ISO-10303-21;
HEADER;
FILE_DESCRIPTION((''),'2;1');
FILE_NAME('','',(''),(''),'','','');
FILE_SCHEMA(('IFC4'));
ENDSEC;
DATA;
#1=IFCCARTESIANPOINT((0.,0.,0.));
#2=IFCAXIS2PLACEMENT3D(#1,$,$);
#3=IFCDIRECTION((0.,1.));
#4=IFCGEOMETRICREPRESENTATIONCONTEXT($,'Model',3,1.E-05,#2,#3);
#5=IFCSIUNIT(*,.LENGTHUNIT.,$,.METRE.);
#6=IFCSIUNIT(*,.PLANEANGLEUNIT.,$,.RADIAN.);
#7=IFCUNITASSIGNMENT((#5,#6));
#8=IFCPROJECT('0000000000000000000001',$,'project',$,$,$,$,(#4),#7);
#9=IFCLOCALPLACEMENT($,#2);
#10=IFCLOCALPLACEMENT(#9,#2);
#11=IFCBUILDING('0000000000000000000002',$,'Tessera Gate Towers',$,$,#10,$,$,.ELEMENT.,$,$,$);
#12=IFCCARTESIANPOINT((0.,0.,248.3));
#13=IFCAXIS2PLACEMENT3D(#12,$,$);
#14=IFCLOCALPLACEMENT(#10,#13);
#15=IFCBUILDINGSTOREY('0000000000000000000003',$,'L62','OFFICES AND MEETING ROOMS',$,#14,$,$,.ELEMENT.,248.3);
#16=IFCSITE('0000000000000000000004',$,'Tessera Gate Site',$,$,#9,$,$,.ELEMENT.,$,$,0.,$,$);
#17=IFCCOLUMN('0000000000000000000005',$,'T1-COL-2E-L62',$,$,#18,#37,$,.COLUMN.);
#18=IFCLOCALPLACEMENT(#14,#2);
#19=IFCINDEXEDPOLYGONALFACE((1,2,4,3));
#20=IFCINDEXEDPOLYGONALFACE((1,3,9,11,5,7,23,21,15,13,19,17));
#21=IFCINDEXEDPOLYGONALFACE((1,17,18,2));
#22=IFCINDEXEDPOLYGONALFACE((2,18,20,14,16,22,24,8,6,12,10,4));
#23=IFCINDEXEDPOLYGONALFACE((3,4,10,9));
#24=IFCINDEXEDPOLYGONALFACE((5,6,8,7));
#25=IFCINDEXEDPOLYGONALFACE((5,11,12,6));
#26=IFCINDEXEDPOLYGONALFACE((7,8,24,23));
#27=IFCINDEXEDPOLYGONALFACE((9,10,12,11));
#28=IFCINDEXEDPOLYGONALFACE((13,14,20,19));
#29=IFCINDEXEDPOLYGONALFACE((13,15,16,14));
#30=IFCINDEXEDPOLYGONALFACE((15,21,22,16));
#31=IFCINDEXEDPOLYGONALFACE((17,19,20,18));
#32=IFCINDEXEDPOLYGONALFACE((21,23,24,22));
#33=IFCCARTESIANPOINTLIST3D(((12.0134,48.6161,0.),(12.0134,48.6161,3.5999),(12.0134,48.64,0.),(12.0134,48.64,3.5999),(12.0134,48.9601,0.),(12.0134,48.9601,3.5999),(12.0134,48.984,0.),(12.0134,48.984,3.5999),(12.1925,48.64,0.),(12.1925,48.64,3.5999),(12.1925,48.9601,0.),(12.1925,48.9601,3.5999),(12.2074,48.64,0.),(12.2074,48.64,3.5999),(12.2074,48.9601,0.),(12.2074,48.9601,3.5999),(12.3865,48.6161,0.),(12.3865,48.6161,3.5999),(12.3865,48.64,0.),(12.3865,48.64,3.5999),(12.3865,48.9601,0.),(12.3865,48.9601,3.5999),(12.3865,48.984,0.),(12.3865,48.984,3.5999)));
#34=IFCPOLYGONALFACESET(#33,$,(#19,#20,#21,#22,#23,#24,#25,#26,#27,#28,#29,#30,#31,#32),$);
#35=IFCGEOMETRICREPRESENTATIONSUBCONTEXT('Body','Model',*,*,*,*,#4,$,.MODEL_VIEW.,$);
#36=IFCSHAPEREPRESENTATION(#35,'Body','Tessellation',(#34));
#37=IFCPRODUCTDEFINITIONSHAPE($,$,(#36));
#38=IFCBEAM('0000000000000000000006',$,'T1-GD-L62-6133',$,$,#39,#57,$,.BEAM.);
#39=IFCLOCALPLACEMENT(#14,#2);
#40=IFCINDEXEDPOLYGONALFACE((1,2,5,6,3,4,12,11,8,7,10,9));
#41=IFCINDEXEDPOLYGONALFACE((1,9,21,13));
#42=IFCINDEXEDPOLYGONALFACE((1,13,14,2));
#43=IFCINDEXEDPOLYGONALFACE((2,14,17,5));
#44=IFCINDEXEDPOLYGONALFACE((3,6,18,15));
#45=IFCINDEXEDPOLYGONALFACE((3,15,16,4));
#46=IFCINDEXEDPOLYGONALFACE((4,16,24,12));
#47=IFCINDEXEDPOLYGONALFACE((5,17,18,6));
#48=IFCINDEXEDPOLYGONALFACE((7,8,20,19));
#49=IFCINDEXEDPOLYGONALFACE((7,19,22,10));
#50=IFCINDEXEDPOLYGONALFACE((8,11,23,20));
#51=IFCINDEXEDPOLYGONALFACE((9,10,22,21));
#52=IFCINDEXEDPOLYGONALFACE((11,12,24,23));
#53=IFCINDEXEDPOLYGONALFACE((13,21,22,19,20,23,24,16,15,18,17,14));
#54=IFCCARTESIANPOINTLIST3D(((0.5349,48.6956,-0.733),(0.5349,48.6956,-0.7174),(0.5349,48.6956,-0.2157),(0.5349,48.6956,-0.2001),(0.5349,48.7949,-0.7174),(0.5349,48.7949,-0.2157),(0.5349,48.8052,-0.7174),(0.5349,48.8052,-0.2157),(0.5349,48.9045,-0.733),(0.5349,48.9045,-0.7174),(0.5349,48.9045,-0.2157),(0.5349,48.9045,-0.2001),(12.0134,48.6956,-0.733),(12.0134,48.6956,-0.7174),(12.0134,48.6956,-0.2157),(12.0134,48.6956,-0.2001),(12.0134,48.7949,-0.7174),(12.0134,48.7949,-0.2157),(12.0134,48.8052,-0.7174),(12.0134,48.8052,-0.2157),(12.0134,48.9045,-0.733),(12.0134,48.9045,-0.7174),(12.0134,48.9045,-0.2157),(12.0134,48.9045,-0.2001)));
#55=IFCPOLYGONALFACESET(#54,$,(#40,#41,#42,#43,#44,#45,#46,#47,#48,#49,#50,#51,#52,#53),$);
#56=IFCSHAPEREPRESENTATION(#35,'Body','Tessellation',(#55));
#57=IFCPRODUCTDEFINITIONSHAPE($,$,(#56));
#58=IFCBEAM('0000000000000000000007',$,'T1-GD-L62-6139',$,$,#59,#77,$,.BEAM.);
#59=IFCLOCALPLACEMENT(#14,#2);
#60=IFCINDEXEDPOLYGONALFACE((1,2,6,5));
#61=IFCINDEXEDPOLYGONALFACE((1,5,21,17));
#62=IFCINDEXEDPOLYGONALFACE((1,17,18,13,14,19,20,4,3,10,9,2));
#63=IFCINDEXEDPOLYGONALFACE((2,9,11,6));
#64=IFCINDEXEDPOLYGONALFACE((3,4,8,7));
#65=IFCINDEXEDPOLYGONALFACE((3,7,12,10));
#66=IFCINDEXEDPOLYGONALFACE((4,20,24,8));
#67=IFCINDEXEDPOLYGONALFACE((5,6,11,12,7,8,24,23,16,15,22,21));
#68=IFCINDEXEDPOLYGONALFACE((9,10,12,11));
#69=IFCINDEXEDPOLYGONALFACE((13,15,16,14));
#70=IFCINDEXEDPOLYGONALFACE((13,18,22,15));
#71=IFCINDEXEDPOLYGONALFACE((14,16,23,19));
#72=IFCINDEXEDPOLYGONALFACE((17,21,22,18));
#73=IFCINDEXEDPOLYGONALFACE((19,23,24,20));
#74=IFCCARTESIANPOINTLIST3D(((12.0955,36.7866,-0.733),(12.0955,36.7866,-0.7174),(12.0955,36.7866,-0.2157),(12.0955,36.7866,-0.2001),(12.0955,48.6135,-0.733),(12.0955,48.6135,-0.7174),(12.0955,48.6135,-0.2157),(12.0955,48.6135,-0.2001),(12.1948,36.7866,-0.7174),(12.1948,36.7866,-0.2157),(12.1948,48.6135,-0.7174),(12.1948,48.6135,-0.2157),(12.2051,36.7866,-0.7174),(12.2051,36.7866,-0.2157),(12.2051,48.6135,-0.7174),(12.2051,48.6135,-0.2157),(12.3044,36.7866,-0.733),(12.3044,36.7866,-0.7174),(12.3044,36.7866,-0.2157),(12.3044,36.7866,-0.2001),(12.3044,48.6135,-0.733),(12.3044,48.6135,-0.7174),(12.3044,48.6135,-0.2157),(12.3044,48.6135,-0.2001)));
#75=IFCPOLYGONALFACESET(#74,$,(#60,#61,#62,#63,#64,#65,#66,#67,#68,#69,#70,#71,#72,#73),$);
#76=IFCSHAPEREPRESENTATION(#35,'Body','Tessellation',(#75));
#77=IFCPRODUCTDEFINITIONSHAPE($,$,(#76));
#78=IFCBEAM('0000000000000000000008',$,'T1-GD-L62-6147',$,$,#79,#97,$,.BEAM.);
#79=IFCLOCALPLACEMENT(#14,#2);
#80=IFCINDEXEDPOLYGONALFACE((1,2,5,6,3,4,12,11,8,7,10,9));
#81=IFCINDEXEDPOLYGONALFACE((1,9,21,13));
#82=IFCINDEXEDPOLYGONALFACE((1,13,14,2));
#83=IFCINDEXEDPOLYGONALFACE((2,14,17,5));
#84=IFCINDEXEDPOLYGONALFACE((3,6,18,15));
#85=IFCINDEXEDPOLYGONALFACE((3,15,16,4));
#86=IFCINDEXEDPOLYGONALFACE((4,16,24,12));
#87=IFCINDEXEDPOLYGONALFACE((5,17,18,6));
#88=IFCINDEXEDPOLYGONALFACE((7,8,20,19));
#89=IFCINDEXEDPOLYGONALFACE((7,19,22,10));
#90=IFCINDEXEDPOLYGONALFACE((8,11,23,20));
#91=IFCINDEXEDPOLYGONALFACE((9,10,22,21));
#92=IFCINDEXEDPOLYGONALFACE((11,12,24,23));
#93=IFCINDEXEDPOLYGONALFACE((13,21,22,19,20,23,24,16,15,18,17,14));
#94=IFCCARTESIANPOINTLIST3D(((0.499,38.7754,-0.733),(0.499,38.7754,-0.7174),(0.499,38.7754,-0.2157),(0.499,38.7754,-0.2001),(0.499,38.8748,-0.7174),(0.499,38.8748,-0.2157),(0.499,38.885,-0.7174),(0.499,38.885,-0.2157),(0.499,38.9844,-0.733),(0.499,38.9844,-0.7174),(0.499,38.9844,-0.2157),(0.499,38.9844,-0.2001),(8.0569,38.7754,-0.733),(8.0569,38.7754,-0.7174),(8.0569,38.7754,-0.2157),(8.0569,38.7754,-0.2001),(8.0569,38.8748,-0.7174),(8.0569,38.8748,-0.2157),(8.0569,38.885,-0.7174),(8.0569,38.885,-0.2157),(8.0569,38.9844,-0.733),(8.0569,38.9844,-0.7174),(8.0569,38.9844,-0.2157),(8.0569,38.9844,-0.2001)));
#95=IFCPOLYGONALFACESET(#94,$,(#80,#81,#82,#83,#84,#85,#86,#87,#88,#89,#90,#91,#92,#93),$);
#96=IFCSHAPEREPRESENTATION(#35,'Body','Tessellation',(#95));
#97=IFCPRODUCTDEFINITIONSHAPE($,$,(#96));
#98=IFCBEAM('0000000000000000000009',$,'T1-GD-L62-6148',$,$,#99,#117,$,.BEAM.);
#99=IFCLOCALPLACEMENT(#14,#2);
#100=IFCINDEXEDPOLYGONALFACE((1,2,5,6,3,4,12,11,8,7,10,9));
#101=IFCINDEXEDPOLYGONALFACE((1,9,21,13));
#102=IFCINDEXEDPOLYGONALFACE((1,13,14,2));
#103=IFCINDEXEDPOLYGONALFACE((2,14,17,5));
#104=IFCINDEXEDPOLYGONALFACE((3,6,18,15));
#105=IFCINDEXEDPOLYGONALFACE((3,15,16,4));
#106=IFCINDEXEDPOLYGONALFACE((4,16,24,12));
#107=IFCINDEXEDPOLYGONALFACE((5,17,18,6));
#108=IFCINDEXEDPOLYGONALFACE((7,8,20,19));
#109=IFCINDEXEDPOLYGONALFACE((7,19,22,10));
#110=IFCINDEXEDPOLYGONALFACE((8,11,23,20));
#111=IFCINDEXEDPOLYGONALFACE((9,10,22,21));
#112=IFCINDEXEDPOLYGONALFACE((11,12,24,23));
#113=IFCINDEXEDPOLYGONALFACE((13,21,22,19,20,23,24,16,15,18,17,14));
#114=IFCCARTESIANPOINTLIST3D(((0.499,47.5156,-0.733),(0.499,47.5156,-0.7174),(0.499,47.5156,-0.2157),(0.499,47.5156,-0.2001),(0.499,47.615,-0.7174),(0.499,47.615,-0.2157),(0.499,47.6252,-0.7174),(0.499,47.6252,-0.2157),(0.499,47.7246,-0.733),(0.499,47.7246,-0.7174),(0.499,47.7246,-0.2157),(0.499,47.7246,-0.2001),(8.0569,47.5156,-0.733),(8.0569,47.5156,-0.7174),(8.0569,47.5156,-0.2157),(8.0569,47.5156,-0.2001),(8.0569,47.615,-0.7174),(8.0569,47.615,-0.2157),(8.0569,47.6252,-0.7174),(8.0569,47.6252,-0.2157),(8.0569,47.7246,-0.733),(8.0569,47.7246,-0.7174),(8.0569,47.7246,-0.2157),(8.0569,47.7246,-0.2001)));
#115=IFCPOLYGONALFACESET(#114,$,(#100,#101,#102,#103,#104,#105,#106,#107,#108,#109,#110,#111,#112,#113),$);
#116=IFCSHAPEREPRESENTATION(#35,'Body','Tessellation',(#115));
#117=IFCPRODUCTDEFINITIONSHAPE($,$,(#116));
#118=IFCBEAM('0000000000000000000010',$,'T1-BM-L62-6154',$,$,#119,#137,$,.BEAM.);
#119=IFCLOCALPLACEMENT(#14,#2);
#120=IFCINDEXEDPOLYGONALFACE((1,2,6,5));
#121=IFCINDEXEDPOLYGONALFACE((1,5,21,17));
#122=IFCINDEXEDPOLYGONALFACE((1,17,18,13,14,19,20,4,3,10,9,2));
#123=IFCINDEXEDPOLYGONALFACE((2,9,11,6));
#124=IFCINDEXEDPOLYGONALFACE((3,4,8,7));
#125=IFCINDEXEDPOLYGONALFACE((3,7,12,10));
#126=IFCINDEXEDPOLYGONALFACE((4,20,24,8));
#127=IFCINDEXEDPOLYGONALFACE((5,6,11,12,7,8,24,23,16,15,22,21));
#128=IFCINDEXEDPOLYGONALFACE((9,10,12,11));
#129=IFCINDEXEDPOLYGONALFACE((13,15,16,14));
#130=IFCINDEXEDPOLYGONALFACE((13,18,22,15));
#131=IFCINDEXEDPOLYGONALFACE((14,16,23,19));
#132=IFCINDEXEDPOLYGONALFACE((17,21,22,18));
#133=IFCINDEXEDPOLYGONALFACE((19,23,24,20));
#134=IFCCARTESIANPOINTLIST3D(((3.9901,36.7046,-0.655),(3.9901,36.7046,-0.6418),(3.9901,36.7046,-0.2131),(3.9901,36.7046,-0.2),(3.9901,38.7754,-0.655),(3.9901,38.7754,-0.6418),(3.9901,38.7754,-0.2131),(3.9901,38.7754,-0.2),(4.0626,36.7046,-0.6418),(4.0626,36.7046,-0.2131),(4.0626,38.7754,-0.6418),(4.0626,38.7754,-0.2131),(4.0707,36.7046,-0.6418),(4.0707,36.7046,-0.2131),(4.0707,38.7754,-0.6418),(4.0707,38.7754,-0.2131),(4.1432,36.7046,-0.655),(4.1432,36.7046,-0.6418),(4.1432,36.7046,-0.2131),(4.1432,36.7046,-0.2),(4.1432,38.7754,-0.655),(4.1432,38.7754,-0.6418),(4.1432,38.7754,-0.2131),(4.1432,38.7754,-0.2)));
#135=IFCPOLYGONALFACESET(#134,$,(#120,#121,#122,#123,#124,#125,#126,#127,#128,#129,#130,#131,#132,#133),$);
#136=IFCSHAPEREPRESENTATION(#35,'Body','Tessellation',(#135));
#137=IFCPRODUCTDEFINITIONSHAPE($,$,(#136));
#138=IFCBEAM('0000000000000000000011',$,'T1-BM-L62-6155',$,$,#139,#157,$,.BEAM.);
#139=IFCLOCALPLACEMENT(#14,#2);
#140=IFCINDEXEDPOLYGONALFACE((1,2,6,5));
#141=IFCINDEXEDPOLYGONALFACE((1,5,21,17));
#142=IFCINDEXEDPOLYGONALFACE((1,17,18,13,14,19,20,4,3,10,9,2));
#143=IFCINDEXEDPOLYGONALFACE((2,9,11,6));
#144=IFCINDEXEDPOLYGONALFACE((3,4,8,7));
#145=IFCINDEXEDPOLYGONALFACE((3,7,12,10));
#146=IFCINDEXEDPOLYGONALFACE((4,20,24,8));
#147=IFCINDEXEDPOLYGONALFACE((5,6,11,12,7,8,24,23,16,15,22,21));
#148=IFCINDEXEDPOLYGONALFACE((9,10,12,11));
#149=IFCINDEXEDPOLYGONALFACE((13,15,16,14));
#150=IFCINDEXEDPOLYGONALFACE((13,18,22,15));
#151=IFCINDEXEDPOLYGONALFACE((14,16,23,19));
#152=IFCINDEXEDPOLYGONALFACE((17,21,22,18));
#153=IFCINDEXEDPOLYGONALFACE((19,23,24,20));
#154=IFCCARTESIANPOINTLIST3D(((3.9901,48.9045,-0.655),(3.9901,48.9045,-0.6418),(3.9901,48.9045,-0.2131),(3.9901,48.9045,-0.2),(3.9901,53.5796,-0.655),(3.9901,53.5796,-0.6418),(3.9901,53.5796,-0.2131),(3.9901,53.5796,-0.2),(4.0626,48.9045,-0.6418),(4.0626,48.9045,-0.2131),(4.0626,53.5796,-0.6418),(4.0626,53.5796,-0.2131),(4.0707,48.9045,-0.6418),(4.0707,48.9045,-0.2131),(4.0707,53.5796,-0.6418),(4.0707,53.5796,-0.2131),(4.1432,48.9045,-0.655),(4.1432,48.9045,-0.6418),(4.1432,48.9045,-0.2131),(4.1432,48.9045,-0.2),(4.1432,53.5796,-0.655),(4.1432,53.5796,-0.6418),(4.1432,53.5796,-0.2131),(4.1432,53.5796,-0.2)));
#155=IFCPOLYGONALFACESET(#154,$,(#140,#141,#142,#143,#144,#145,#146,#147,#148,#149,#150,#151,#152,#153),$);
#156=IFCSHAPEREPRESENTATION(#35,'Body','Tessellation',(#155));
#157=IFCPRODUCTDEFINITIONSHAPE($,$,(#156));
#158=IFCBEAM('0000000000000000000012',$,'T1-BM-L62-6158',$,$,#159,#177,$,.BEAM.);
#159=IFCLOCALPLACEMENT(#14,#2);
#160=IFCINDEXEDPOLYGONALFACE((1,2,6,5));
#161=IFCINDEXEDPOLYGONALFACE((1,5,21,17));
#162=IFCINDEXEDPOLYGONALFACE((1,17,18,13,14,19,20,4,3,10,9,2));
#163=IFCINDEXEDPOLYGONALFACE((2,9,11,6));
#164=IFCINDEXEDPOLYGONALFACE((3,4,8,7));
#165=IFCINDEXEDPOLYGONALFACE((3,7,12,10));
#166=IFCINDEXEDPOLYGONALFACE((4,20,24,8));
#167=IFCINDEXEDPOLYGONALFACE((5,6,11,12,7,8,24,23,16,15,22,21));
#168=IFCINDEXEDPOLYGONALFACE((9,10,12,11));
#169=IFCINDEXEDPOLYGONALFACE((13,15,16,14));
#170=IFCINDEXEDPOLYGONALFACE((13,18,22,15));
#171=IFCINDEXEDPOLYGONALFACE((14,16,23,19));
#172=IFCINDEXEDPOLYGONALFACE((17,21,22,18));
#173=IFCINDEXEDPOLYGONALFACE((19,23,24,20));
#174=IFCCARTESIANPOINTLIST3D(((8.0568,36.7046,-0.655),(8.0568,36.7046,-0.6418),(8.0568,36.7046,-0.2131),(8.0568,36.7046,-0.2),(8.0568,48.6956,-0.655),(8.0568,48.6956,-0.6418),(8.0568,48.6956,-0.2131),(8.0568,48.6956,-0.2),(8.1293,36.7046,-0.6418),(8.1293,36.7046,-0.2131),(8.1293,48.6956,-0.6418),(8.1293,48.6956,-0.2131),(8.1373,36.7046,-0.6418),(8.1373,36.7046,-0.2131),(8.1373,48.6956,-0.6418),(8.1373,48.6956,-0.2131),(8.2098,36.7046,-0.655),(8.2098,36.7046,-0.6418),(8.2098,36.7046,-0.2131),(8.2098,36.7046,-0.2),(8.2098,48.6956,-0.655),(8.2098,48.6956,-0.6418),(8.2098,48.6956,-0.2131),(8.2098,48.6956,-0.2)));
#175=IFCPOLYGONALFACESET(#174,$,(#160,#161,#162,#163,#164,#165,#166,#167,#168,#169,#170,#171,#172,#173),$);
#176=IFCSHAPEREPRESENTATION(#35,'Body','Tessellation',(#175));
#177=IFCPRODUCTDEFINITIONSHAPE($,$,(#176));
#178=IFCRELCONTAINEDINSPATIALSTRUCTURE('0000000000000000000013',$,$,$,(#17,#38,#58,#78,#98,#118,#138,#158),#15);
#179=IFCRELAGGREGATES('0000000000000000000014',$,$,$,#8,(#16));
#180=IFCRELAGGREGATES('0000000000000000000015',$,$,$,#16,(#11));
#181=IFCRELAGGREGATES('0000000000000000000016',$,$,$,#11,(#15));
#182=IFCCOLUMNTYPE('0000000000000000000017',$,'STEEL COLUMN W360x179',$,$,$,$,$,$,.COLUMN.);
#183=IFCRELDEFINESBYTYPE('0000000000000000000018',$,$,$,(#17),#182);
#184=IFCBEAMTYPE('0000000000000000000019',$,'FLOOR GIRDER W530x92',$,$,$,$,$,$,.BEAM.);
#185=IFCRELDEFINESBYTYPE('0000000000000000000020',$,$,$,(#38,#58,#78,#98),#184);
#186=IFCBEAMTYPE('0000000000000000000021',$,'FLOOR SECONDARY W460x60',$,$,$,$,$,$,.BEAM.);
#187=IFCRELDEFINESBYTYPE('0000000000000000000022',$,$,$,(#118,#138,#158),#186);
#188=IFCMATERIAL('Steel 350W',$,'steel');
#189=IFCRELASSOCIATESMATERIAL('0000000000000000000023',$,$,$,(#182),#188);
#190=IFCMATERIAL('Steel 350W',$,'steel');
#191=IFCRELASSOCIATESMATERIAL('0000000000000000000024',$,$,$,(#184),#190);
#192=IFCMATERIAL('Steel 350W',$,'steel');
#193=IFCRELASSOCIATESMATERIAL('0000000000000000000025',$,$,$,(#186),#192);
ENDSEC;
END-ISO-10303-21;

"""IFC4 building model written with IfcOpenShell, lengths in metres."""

from ifc_helpers import new_model, si_unit, direction, frame, origin, origin_2d, place, context, subcontext, project, spatial, i_section, extrude, material, material_profile, profile_set, type_object, element, save


model = new_model("IFC4")

# Units and contexts
model_context = context("Model", 3, precision=1e-05, world=origin(), true_north=direction((0.0, 1.0)))
body_context = subcontext(model_context, "Body", "Model", "MODEL_VIEW")
ifc_project = project(units=[si_unit("LENGTHUNIT", "METRE"), si_unit("PLANEANGLEUNIT", "RADIAN")], contexts=[model_context])

# Site, building, storey
site_placement = place(None, origin())
site = spatial("IfcSite", under=ifc_project, at=site_placement, Name="Tessera Gate Site", CompositionType="ELEMENT", RefElevation=0.0)
building_placement = place(site_placement, origin())
building = spatial("IfcBuilding", under=site, at=building_placement, Name="Tessera Gate Towers", CompositionType="ELEMENT")
storey_placement = place(building_placement, frame((0.0, 0.0, 248.3)))
storey = spatial("IfcBuildingStorey", under=building, at=storey_placement, Name="L62", Description="OFFICES AND MEETING ROOMS", CompositionType="ELEMENT", Elevation=248.3)

# Column
ifc_material_1 = material(Name="Steel 350W", Category="steel")
ifc_material_profile_1 = material_profile(ifc_material_1, i_section(OverallWidth=0.373, OverallDepth=0.3679, WebThickness=0.0149, FlangeThickness=0.0239, at=origin_2d()), Name="W360x179")
ifc_profile_set_1 = profile_set([ifc_material_profile_1], Name="Steel 350W")
column_type = type_object("IfcColumnType", Name="STEEL COLUMN W360x179", PredefinedType="COLUMN", material=ifc_profile_set_1)
column_placement = place(storey_placement, frame((12.2, 48.8, 0.0), z_axis=(0.0, 0.0, 1.0), x_axis=(1.0, 0.0, 0.0)))
element("IfcColumn", 1, at=column_placement, inside=storey, type_object=column_type, Name="T1-COL-2E-L62", PredefinedType="COLUMN", context=body_context, shape_type="SweptSolid", body=[
    extrude(i_section(OverallWidth=0.373, OverallDepth=0.3679, WebThickness=0.0149, FlangeThickness=0.0239, at=origin_2d()), origin(), (0.0, 0.0, 1.0), 3.5999),
])

# Beams
ifc_material_2 = material(Name="Steel 350W", Category="steel")
ifc_material_profile_2 = material_profile(ifc_material_2, i_section(OverallWidth=0.209, OverallDepth=0.533, WebThickness=0.0103, FlangeThickness=0.0156, at=origin_2d()), Name="W530x92")
ifc_profile_set_2 = profile_set([ifc_material_profile_2], Name="Steel 350W")
beam_type_1 = type_object("IfcBeamType", Name="FLOOR GIRDER W530x92", PredefinedType="BEAM", material=ifc_profile_set_2)
beam_1_placement = place(storey_placement, frame((0.5349, 48.8, -0.4666), z_axis=(1.0, 0.0, 0.0), x_axis=(0.0, 1.0, 0.0)))
element("IfcBeam", 2, at=beam_1_placement, inside=storey, type_object=beam_type_1, Name="T1-GD-L62-6133", PredefinedType="BEAM", context=body_context, shape_type="SweptSolid", body=[
    extrude(i_section(OverallWidth=0.209, OverallDepth=0.533, WebThickness=0.0103, FlangeThickness=0.0156, at=origin_2d()), origin(), (0.0, 0.0, 1.0), 11.4785),
])
beam_2_placement = place(storey_placement, frame((12.2, 36.7866, -0.4666), z_axis=(0.0, 1.0, 0.0), x_axis=(-1.0, 0.0, 0.0)))
element("IfcBeam", 3, at=beam_2_placement, inside=storey, type_object=beam_type_1, Name="T1-GD-L62-6139", PredefinedType="BEAM", context=body_context, shape_type="SweptSolid", body=[
    extrude(i_section(OverallWidth=0.209, OverallDepth=0.533, WebThickness=0.0103, FlangeThickness=0.0156, at=origin_2d()), origin(), (0.0, 0.0, 1.0), 11.8269),
])
for number, where, z_axis, x_axis, name in (
    (4, (0.499, 38.8799, -0.4666), (1.0, 0.0, 0.0), (0.0, 1.0, 0.0), "T1-GD-L62-6147"),
    (5, (0.499, 47.6201, -0.4666), (1.0, 0.0, 0.0), (0.0, 1.0, 0.0), "T1-GD-L62-6148"),
):
    element("IfcBeam", number, at=place(storey_placement, frame(where, z_axis=z_axis, x_axis=x_axis)), inside=storey, type_object=beam_type_1, Name=name, PredefinedType="BEAM", context=body_context, shape_type="SweptSolid", body=[
        extrude(i_section(OverallWidth=0.209, OverallDepth=0.533, WebThickness=0.0103, FlangeThickness=0.0156, at=origin_2d()), origin(), (0.0, 0.0, 1.0), 7.5579),
    ])
ifc_material_3 = material(Name="Steel 350W", Category="steel")
ifc_material_profile_3 = material_profile(ifc_material_3, i_section(OverallWidth=0.1531, OverallDepth=0.4551, WebThickness=0.0081, FlangeThickness=0.0132, at=origin_2d()), Name="W460x60")
ifc_profile_set_3 = profile_set([ifc_material_profile_3], Name="Steel 350W")
beam_type_2 = type_object("IfcBeamType", Name="FLOOR SECONDARY W460x60", PredefinedType="BEAM", material=ifc_profile_set_3)
beam_3_placement = place(storey_placement, frame((4.0667, 36.7046, -0.4275), z_axis=(0.0, 1.0, 0.0), x_axis=(-1.0, 0.0, 0.0)))
element("IfcBeam", 6, at=beam_3_placement, inside=storey, type_object=beam_type_2, Name="T1-BM-L62-6154", PredefinedType="BEAM", context=body_context, shape_type="SweptSolid", body=[
    extrude(i_section(OverallWidth=0.1531, OverallDepth=0.4551, WebThickness=0.0081, FlangeThickness=0.0132, at=origin_2d()), origin(), (0.0, 0.0, 1.0), 2.0708),
])
beam_4_placement = place(storey_placement, frame((4.0667, 48.9045, -0.4275), z_axis=(0.0, 1.0, 0.0), x_axis=(-1.0, 0.0, 0.0)))
element("IfcBeam", 7, at=beam_4_placement, inside=storey, type_object=beam_type_2, Name="T1-BM-L62-6155", PredefinedType="BEAM", context=body_context, shape_type="SweptSolid", body=[
    extrude(i_section(OverallWidth=0.1531, OverallDepth=0.4551, WebThickness=0.0081, FlangeThickness=0.0132, at=origin_2d()), origin(), (0.0, 0.0, 1.0), 4.675),
])
beam_5_placement = place(storey_placement, frame((8.1333, 36.7046, -0.4275), z_axis=(0.0, 1.0, 0.0), x_axis=(-1.0, 0.0, 0.0)))
element("IfcBeam", 8, at=beam_5_placement, inside=storey, type_object=beam_type_2, Name="T1-BM-L62-6158", PredefinedType="BEAM", context=body_context, shape_type="SweptSolid", body=[
    extrude(i_section(OverallWidth=0.1531, OverallDepth=0.4551, WebThickness=0.0081, FlangeThickness=0.0132, at=origin_2d()), origin(), (0.0, 0.0, 1.0), 11.991),
])

save(model, "model.ifc")
